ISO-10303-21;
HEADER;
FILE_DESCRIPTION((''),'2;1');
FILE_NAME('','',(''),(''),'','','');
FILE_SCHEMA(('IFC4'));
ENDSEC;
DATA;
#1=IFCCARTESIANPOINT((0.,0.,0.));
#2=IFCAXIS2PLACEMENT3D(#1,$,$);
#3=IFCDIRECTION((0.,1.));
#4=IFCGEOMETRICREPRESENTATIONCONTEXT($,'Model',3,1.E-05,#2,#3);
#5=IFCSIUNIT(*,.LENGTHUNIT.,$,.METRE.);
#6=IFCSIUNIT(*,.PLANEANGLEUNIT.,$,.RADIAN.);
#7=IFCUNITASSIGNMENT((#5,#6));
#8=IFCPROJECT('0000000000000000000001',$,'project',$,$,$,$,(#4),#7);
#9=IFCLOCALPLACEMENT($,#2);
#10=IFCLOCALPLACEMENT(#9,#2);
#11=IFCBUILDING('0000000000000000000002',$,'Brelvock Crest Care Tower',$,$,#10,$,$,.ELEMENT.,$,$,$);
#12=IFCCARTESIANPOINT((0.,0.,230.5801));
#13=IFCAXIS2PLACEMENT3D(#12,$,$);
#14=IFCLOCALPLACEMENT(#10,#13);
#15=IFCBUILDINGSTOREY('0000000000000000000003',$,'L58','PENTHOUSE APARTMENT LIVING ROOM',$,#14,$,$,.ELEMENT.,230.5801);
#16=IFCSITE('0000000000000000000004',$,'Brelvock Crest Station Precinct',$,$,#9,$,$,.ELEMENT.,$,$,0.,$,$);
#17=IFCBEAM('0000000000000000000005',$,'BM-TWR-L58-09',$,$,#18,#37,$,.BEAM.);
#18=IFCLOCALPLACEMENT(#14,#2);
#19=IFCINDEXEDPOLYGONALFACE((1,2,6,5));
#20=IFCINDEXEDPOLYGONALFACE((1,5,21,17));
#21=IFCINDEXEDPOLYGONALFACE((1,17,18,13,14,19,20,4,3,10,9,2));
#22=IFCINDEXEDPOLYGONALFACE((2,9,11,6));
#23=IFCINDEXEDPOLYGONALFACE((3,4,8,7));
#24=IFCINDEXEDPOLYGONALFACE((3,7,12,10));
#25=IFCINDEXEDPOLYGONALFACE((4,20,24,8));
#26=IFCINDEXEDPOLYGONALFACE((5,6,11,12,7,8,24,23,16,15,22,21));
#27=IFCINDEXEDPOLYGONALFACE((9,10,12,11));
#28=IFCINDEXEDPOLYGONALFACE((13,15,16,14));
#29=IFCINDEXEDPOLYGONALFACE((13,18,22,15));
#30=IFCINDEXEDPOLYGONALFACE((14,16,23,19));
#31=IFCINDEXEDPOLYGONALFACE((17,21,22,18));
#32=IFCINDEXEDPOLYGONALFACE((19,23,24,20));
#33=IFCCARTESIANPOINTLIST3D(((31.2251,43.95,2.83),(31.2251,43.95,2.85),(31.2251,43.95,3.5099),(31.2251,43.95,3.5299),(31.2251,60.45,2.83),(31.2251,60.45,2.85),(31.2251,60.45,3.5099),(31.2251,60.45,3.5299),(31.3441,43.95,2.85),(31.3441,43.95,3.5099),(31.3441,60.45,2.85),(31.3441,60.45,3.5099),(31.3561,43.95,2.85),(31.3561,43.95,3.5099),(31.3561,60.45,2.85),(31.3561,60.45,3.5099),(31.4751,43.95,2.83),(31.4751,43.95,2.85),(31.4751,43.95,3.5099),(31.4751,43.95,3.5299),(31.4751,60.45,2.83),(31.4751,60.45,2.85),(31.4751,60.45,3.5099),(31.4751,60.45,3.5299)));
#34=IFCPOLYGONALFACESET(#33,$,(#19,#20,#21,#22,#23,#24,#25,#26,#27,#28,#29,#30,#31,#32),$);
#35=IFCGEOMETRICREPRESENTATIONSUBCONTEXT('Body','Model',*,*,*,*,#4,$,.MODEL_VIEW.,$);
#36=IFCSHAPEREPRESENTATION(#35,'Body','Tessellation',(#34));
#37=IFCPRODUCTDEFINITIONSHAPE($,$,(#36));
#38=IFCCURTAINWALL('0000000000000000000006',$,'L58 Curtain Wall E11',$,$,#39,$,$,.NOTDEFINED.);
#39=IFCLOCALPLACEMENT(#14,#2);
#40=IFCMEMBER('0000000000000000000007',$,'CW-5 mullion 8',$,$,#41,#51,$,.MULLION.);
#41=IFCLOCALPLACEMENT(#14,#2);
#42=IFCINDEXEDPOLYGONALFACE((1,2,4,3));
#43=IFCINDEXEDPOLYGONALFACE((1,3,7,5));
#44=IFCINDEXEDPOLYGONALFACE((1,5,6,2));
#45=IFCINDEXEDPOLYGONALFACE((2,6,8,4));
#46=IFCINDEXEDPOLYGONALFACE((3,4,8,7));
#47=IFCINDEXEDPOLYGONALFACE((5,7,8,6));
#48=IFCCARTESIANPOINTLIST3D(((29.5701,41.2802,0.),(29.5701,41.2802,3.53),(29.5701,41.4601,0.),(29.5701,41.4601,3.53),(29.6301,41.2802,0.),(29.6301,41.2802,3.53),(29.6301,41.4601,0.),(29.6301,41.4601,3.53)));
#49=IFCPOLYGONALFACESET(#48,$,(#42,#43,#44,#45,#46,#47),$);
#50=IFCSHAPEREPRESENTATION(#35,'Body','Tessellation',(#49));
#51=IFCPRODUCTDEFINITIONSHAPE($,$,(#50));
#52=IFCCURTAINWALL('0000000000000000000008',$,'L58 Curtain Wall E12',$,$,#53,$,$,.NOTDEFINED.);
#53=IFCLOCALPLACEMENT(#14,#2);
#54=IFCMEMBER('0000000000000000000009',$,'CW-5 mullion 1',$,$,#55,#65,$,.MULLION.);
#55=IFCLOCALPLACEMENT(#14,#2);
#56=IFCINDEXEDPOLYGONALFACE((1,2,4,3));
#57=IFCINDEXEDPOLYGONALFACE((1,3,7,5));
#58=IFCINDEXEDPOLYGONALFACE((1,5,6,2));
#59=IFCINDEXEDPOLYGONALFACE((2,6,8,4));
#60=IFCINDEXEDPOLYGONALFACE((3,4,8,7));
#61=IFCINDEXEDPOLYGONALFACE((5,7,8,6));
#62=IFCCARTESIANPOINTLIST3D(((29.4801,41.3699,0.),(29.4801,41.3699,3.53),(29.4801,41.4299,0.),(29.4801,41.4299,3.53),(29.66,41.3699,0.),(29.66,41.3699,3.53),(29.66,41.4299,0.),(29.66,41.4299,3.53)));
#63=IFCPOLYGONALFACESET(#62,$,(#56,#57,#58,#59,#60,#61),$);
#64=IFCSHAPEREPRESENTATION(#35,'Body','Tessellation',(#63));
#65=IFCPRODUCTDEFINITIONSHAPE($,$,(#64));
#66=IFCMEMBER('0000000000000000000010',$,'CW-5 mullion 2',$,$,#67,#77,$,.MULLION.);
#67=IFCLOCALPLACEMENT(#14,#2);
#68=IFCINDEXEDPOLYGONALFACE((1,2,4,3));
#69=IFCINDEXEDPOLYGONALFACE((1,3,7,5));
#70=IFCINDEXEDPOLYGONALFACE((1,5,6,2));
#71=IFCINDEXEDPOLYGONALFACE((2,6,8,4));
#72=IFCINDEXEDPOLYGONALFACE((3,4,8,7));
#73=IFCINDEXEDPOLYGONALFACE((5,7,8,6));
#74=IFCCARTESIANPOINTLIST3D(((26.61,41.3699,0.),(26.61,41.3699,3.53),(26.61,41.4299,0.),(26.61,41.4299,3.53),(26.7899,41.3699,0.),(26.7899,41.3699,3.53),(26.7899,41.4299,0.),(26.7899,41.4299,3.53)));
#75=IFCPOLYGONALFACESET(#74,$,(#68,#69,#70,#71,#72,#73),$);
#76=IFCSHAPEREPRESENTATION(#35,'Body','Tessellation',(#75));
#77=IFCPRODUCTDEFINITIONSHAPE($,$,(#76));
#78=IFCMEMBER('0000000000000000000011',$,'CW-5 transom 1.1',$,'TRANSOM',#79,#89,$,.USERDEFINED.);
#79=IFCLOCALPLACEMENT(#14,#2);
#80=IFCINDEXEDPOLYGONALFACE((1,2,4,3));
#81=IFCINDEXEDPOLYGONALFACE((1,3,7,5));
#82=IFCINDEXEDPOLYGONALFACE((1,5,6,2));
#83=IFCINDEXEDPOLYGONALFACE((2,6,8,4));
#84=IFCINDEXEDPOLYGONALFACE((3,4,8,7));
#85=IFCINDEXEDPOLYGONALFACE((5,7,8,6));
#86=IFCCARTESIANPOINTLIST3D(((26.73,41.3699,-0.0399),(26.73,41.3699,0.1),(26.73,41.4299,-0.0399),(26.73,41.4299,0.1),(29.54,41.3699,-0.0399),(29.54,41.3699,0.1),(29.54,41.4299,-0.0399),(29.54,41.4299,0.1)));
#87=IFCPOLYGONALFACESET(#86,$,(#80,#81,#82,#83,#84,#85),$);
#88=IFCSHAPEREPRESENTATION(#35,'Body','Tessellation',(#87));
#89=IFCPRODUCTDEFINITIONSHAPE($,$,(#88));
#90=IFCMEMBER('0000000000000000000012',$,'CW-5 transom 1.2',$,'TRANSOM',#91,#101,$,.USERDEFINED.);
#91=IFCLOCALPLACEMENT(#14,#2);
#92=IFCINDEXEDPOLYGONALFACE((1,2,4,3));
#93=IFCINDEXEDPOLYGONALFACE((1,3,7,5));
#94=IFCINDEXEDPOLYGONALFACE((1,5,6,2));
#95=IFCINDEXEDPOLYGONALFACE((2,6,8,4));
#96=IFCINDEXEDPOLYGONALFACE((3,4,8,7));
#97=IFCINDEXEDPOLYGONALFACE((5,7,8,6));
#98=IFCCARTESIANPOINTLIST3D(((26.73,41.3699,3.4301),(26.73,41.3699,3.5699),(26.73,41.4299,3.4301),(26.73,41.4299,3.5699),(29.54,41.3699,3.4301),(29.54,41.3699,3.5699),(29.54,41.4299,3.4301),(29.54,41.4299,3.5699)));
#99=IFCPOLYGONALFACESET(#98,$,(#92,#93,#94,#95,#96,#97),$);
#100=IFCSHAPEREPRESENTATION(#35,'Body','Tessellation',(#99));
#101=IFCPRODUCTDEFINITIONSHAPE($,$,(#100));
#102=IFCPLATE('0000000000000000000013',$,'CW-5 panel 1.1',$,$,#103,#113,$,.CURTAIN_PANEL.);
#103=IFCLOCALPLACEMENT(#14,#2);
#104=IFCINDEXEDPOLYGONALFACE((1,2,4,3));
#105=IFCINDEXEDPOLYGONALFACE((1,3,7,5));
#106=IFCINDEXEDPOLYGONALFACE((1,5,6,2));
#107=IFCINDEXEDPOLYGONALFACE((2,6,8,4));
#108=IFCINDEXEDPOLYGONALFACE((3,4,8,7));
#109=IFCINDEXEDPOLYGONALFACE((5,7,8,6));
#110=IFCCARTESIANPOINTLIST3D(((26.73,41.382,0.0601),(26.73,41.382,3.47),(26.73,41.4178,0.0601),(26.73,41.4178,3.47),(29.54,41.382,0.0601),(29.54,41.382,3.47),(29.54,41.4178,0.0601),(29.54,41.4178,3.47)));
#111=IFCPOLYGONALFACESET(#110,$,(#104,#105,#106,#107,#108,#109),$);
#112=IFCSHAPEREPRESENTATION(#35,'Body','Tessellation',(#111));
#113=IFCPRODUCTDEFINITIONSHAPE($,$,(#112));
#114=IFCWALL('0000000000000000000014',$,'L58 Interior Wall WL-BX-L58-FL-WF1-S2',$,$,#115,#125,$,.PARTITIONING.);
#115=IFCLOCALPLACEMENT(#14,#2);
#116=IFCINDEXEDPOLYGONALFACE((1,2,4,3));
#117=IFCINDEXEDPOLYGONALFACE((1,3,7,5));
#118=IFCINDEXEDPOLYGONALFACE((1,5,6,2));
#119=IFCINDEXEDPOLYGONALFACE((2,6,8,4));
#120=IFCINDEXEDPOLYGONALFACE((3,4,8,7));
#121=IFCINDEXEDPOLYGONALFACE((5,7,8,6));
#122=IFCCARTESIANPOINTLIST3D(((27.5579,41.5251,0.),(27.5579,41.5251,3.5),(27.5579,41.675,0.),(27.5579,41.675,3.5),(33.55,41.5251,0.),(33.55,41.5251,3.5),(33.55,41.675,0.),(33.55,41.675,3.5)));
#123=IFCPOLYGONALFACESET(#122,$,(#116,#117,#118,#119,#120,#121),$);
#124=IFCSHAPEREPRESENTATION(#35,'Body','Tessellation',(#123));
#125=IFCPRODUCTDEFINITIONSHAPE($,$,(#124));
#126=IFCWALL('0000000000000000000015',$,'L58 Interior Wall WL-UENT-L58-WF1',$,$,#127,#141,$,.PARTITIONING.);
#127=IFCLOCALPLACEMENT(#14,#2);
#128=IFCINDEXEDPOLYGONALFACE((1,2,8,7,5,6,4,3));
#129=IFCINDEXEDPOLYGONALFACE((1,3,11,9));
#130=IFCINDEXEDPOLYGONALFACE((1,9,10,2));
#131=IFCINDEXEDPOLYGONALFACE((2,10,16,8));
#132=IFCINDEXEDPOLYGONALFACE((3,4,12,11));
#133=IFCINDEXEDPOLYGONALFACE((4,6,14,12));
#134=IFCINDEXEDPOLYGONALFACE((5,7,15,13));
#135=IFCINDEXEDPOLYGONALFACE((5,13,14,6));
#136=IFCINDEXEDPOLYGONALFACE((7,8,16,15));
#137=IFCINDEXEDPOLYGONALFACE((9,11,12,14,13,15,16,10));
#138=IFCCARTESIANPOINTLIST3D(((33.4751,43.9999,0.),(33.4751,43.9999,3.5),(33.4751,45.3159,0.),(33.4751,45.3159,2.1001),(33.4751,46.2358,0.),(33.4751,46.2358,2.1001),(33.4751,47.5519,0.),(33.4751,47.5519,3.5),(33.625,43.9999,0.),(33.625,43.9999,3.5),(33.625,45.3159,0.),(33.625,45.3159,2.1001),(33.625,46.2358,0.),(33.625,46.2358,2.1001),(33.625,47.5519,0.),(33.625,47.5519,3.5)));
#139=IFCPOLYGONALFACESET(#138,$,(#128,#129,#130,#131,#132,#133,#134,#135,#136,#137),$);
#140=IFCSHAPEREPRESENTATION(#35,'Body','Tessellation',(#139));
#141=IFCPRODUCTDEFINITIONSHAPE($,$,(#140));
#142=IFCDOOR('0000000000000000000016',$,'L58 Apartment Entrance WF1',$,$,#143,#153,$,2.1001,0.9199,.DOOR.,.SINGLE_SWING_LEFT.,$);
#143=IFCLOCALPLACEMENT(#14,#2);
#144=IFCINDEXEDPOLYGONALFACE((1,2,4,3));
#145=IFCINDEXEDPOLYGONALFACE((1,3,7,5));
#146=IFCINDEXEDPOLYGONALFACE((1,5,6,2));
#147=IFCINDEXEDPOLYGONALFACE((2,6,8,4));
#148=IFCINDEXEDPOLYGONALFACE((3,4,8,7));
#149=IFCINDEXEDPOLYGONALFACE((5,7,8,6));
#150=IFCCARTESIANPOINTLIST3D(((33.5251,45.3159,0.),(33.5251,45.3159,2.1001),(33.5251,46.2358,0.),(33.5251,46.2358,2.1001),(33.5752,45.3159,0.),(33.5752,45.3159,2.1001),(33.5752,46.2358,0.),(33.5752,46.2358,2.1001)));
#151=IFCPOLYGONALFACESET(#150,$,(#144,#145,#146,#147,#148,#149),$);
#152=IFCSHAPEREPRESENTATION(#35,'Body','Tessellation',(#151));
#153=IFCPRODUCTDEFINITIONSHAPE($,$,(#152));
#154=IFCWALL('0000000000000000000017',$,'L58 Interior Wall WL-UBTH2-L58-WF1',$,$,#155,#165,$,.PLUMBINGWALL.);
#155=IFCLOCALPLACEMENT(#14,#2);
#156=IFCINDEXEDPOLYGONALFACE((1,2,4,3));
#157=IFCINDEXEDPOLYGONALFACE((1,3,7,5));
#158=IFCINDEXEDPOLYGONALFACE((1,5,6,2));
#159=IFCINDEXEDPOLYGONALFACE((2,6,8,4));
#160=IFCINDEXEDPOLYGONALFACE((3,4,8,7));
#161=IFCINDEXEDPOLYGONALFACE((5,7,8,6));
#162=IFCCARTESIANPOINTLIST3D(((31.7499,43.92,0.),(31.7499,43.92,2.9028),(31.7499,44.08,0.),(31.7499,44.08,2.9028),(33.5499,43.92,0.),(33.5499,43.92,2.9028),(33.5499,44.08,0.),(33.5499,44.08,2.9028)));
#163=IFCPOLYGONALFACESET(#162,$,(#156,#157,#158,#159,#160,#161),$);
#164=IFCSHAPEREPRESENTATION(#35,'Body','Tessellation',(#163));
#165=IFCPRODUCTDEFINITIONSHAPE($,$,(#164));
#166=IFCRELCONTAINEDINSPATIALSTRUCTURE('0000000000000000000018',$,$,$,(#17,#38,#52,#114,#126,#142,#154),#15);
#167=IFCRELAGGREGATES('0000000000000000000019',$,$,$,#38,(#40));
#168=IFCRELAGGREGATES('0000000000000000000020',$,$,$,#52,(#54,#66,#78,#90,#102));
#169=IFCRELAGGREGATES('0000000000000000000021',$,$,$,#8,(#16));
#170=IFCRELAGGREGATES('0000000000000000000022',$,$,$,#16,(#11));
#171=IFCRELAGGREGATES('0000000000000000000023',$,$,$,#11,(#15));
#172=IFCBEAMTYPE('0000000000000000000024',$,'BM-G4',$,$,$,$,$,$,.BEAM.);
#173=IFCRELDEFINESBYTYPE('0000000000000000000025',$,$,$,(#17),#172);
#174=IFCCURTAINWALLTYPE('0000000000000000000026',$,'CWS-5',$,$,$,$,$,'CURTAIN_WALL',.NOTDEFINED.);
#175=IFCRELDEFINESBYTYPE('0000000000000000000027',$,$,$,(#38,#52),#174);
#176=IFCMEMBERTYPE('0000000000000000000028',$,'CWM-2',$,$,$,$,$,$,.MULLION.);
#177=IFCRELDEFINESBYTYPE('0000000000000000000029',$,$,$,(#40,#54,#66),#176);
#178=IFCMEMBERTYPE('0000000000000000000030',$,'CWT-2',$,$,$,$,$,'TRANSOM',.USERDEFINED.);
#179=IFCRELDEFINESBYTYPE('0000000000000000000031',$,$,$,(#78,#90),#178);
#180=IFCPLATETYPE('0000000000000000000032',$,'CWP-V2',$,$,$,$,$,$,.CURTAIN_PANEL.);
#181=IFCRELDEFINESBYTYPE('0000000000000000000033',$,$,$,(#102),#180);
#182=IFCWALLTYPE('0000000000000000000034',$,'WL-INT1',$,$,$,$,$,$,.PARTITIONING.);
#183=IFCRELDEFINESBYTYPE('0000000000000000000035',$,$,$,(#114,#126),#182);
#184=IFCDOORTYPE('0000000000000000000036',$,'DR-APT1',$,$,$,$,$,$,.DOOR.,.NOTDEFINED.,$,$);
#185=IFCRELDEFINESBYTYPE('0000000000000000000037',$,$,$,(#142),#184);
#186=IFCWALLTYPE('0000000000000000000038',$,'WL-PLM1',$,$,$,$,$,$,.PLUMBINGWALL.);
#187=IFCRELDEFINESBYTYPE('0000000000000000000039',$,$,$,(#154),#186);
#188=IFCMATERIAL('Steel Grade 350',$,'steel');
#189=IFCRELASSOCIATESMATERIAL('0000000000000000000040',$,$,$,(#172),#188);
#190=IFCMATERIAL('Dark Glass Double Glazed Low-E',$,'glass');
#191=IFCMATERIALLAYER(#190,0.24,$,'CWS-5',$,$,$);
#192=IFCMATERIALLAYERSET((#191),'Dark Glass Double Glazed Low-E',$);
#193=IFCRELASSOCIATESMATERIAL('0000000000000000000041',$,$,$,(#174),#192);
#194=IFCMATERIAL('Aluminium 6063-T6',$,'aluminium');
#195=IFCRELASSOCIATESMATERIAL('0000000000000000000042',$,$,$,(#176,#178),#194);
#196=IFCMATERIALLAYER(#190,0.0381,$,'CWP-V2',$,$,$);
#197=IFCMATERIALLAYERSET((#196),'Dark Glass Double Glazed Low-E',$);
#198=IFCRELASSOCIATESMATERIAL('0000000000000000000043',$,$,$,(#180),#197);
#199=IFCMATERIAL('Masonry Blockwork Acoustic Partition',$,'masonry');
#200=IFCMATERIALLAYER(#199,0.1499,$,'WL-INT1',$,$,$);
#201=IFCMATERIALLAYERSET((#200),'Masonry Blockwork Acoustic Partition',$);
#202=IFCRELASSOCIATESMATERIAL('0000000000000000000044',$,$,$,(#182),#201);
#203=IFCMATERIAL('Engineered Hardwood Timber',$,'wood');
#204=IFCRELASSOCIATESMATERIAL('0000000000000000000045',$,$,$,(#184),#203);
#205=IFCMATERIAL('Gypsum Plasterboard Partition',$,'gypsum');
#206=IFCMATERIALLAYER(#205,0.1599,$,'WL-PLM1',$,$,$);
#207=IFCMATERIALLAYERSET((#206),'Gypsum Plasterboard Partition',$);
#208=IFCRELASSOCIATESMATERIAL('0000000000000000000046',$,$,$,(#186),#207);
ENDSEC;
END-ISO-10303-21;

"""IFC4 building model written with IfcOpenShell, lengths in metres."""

from ifc_helpers import new_model, si_unit, direction, frame, frame_2d, origin, origin_2d, place, context, subcontext, project, spatial, rectangle, i_section, extrude, source, transform, mapped, material, layer, layer_set, material_profile, profile_set, type_object, element, fill, aggregate, save


model = new_model("IFC4")

# Units and contexts
model_context = context("Model", 3, precision=1e-05, world=origin(), true_north=direction((0.0, 1.0)))
body_context = subcontext(model_context, "Body", "Model", "MODEL_VIEW")
ifc_project = project(units=[si_unit("LENGTHUNIT", "METRE"), si_unit("PLANEANGLEUNIT", "RADIAN")], contexts=[model_context])

# Site, building, storey
site_placement = place(None, origin())
site = spatial("IfcSite", under=ifc_project, at=site_placement, Name="Brelvock Crest Station Precinct", CompositionType="ELEMENT", RefElevation=0.0)
building_placement = place(site_placement, origin())
building = spatial("IfcBuilding", under=site, at=building_placement, Name="Brelvock Crest Care Tower", CompositionType="ELEMENT")
storey_placement = place(building_placement, frame((0.0, 0.0, 230.5801)))
storey = spatial("IfcBuildingStorey", under=building, at=storey_placement, Name="L58", Description="PENTHOUSE APARTMENT LIVING ROOM", CompositionType="ELEMENT", Elevation=230.5801)

# Shared definitions
ifc_material_1 = material(Name="Steel Grade 350", Category="steel")

# Beam
ifc_material_profile_1 = material_profile(ifc_material_1, i_section(OverallWidth=0.25, OverallDepth=0.7, WebThickness=0.012, FlangeThickness=0.02, at=origin_2d()), Name="700WB150")
ifc_profile_set_1 = profile_set([ifc_material_profile_1], Name="Steel Grade 350")
beam_type_1 = type_object("IfcBeamType", Name="BM-G4", PredefinedType="BEAM", material=ifc_profile_set_1)
shared_shape_1 = source(origin(), body_context, "Body", "SweptSolid", [
    extrude(i_section(OverallWidth=0.25, OverallDepth=0.7, WebThickness=0.012, FlangeThickness=0.02, at=origin_2d()), origin(), (0.0, 0.0, 1.0), 16.5),
])
beam_1_placement = place(storey_placement, frame((31.3501, 43.95, 3.1799), z_axis=(0.0, 1.0, 0.0), x_axis=(-1.0, 0.0, 0.0)))
element("IfcBeam", 1, at=beam_1_placement, inside=storey, type_object=beam_type_1, Name="BM-TWR-L58-09", PredefinedType="BEAM", context=body_context, shape_type="MappedRepresentation", body=[
    mapped(shared_shape_1, transform((0.0, 0.0, 0.0), x_axis=(1.0, 0.0, 0.0), y_axis=(0.0, 1.0, 0.0), z_axis=(0.0, 0.0, 1.0), scale=1.0)),
])

# Curtain wall, member
ifc_material_2 = material(Name="Dark Glass Double Glazed Low-E", Category="glass")
ifc_layer_1 = layer(ifc_material_2, 0.24, Name="CWS-5")
ifc_layer_set_1 = layer_set([ifc_layer_1], Name="Dark Glass Double Glazed Low-E")
curtain_wall_type = type_object("IfcCurtainWallType", Name="CWS-5", ElementType="CURTAIN_WALL", PredefinedType="NOTDEFINED", material=ifc_layer_set_1)
curtain_wall_1_placement = place(storey_placement, origin())
curtain_wall_1 = element("IfcCurtainWall", 2, at=curtain_wall_1_placement, inside=storey, type_object=curtain_wall_type, Name="L58 Curtain Wall E11", PredefinedType="NOTDEFINED")
ifc_material_3 = material(Name="Aluminium 6063-T6", Category="aluminium")
ifc_material_profile_2 = material_profile(ifc_material_3, rectangle(XDim=0.0601, YDim=0.1799, at=origin_2d()), Name="ALU60x180")
ifc_profile_set_2 = profile_set([ifc_material_profile_2], Name="Aluminium 6063-T6")
member_type_1 = type_object("IfcMemberType", Name="CWM-2", PredefinedType="MULLION", material=ifc_profile_set_2)
shared_shape_2 = source(origin(), body_context, "Body", "SweptSolid", [
    extrude(rectangle(XDim=0.0601, YDim=0.1799, at=origin_2d()), origin(), (0.0, 0.0, 1.0), 3.53),
])
member_1_placement = place(storey_placement, frame((29.6001, 41.3701, 0.0), z_axis=(0.0, 0.0, 1.0), x_axis=(-1.0, 0.0, 0.0)))
member_1 = element("IfcMember", 3, at=member_1_placement, type_object=member_type_1, Name="CW-5 mullion 8", PredefinedType="MULLION", context=body_context, shape_type="MappedRepresentation", body=[
    mapped(shared_shape_2, transform((0.0, 0.0, 0.0), x_axis=(1.0, 0.0, 0.0), y_axis=(0.0, 1.0, 0.0), z_axis=(0.0, 0.0, 1.0), scale=1.0)),
])
aggregate(curtain_wall_1, [member_1])

# Curtain wall, members, plate
curtain_wall_2_placement = place(storey_placement, origin())
curtain_wall_2 = element("IfcCurtainWall", 4, at=curtain_wall_2_placement, inside=storey, type_object=curtain_wall_type, Name="L58 Curtain Wall E12", PredefinedType="NOTDEFINED")
member_2_placement = place(storey_placement, frame((29.5701, 41.3999, 0.0), z_axis=(0.0, 0.0, 1.0), x_axis=(0.0, -1.0, 0.0)))
member_2 = element("IfcMember", 5, at=member_2_placement, type_object=member_type_1, Name="CW-5 mullion 1", PredefinedType="MULLION", context=body_context, shape_type="MappedRepresentation", body=[
    mapped(shared_shape_2, transform((0.0, 0.0, 0.0), x_axis=(1.0, 0.0, 0.0), y_axis=(0.0, 1.0, 0.0), z_axis=(0.0, 0.0, 1.0), scale=1.0)),
])
member_3_placement = place(storey_placement, frame((26.7, 41.3999, 0.0), z_axis=(0.0, 0.0, 1.0), x_axis=(0.0, -1.0, 0.0)))
member_3 = element("IfcMember", 6, at=member_3_placement, type_object=member_type_1, Name="CW-5 mullion 2", PredefinedType="MULLION", context=body_context, shape_type="MappedRepresentation", body=[
    mapped(shared_shape_2, transform((0.0, 0.0, 0.0), x_axis=(1.0, 0.0, 0.0), y_axis=(0.0, 1.0, 0.0), z_axis=(0.0, 0.0, 1.0), scale=1.0)),
])
ifc_material_profile_3 = material_profile(ifc_material_3, rectangle(XDim=0.0601, YDim=0.1399, at=origin_2d()), Name="ALU60x140")
ifc_profile_set_3 = profile_set([ifc_material_profile_3], Name="Aluminium 6063-T6")
member_type_2 = type_object("IfcMemberType", Name="CWT-2", ElementType="TRANSOM", PredefinedType="USERDEFINED", material=ifc_profile_set_3)
shared_shape_3 = source(origin(), body_context, "Body", "SweptSolid", [
    extrude(rectangle(XDim=0.0601, YDim=0.1399, at=origin_2d()), origin(), (0.0, 0.0, 1.0), 2.8101),
])
member_4_placement = place(storey_placement, frame((29.54, 41.3999, 0.03), z_axis=(-1.0, 0.0, 0.0), x_axis=(0.0, -1.0, 0.0)))
member_4 = element("IfcMember", 7, at=member_4_placement, type_object=member_type_2, Name="CW-5 transom 1.1", ObjectType="TRANSOM", PredefinedType="USERDEFINED", context=body_context, shape_type="MappedRepresentation", body=[
    mapped(shared_shape_3, transform((0.0, 0.0, 0.0), x_axis=(1.0, 0.0, 0.0), y_axis=(0.0, 1.0, 0.0), z_axis=(0.0, 0.0, 1.0), scale=1.0)),
])
member_5_placement = place(storey_placement, frame((29.54, 41.3999, 3.5), z_axis=(-1.0, 0.0, 0.0), x_axis=(0.0, -1.0, 0.0)))
member_5 = element("IfcMember", 8, at=member_5_placement, type_object=member_type_2, Name="CW-5 transom 1.2", ObjectType="TRANSOM", PredefinedType="USERDEFINED", context=body_context, shape_type="MappedRepresentation", body=[
    mapped(shared_shape_3, transform((0.0, 0.0, 0.0), x_axis=(1.0, 0.0, 0.0), y_axis=(0.0, 1.0, 0.0), z_axis=(0.0, 0.0, 1.0), scale=1.0)),
])
ifc_layer_2 = layer(ifc_material_2, 0.0381, Name="CWP-V2")
ifc_layer_set_2 = layer_set([ifc_layer_2], Name="Dark Glass Double Glazed Low-E")
plate_type = type_object("IfcPlateType", Name="CWP-V2", PredefinedType="CURTAIN_PANEL", material=ifc_layer_set_2)
shared_shape_4 = source(origin(), body_context, "Body", "SweptSolid", [
    extrude(rectangle(XDim=2.8101, YDim=0.0359, at=origin_2d()), origin(), (0.0, 0.0, 1.0), 3.4099),
])
plate_placement = place(storey_placement, frame((28.135, 41.3999, 0.0601), z_axis=(0.0, 0.0, 1.0), x_axis=(-1.0, 0.0, 0.0)))
plate = element("IfcPlate", 9, at=plate_placement, type_object=plate_type, Name="CW-5 panel 1.1", PredefinedType="CURTAIN_PANEL", context=body_context, shape_type="MappedRepresentation", body=[
    mapped(shared_shape_4, transform((0.0, 0.0, 0.0), x_axis=(1.0, 0.0, 0.0), y_axis=(0.0, 1.0, 0.0), z_axis=(0.0, 0.0, 1.0), scale=1.0)),
])
aggregate(curtain_wall_2, [member_2, member_3, member_4, member_5, plate])

# Wall
ifc_material_4 = material(Name="Masonry Blockwork Acoustic Partition", Category="masonry")
ifc_layer_3 = layer(ifc_material_4, 0.1499, Name="WL-INT1")
ifc_layer_set_3 = layer_set([ifc_layer_3], Name="Masonry Blockwork Acoustic Partition")
wall_type_1 = type_object("IfcWallType", Name="WL-INT1", PredefinedType="PARTITIONING", material=ifc_layer_set_3)
wall_1_placement = place(storey_placement, frame((27.5579, 41.6001, 0.0), z_axis=(0.0, 0.0, 1.0), x_axis=(1.0, 0.0, 0.0)))
element("IfcWall", 10, at=wall_1_placement, inside=storey, type_object=wall_type_1, Name="L58 Interior Wall WL-BX-L58-FL-WF1-S2", PredefinedType="PARTITIONING", context=body_context, shape_type="SweptSolid", body=[
    extrude(rectangle(XDim=5.9922, YDim=0.1499, at=frame_2d((2.9961, 0.0))), origin(), (0.0, 0.0, 1.0), 3.5),
])

# Wall, opening, door
wall_2_placement = place(storey_placement, frame((33.55, 44.0, 0.0), z_axis=(0.0, 0.0, 1.0), x_axis=(0.0, 1.0, 0.0)))
wall_2 = element("IfcWall", 11, at=wall_2_placement, inside=storey, type_object=wall_type_1, Name="L58 Interior Wall WL-UENT-L58-WF1", PredefinedType="PARTITIONING", context=body_context, shape_type="SweptSolid", body=[
    extrude(rectangle(XDim=3.552, YDim=0.1499, at=frame_2d((1.7759, 0.0))), origin(), (0.0, 0.0, 1.0), 3.5),
])
opening_1_placement = place(wall_2_placement, frame((1.3159, 0.0, 0.0)))
opening_1 = element("IfcOpeningElement", 12, at=opening_1_placement, cuts=wall_2, PredefinedType="OPENING", context=body_context, shape_type="SweptSolid", body=[
    extrude(rectangle(XDim=0.9199, YDim=2.1001, at=origin_2d()), frame((0.46, 0.085, 1.05), z_axis=(0.0, -1.0, 0.0), x_axis=(1.0, 0.0, 0.0)), (0.0, 0.0, 1.0), 0.1699),
])
ifc_material_5 = material(Name="Engineered Hardwood Timber", Category="wood")
door_type_1 = type_object("IfcDoorType", Name="DR-APT1", OperationType="NOTDEFINED", PredefinedType="DOOR", material=ifc_material_5)
shared_shape_5 = source(origin(), body_context, "Body", "SweptSolid", [
    extrude(rectangle(XDim=0.9199, YDim=2.1001, at=origin_2d()), frame((0.46, 0.0249, 1.05), z_axis=(0.0, -1.0, 0.0), x_axis=(1.0, 0.0, 0.0)), (0.0, 0.0, 1.0), 0.05),
])
door_1_placement = place(opening_1_placement, origin())
door_1 = element("IfcDoor", 13, at=door_1_placement, inside=storey, type_object=door_type_1, Name="L58 Apartment Entrance WF1", OperationType="SINGLE_SWING_LEFT", OverallHeight=2.1001, OverallWidth=0.9199, PredefinedType="DOOR", context=body_context, shape_type="MappedRepresentation", body=[
    mapped(shared_shape_5, transform((0.0, 0.0, 0.0), x_axis=(1.0, 0.0, 0.0), y_axis=(0.0, 1.0, 0.0), z_axis=(0.0, 0.0, 1.0), scale=1.0)),
])
fill(opening_1, door_1)

# Wall
ifc_material_6 = material(Name="Gypsum Plasterboard Partition", Category="gypsum")
ifc_layer_4 = layer(ifc_material_6, 0.1599, Name="WL-PLM1")
ifc_layer_set_4 = layer_set([ifc_layer_4], Name="Gypsum Plasterboard Partition")
wall_type_2 = type_object("IfcWallType", Name="WL-PLM1", PredefinedType="PLUMBINGWALL", material=ifc_layer_set_4)
wall_3_placement = place(storey_placement, frame((31.75, 44.0, 0.0), z_axis=(0.0, 0.0, 1.0), x_axis=(1.0, 0.0, 0.0)))
element("IfcWall", 14, at=wall_3_placement, inside=storey, type_object=wall_type_2, Name="L58 Interior Wall WL-UBTH2-L58-WF1", PredefinedType="PLUMBINGWALL", context=body_context, shape_type="SweptSolid", body=[
    extrude(rectangle(XDim=1.8, YDim=0.1599, at=frame_2d((0.8999, 0.0))), origin(), (0.0, 0.0, 1.0), 2.9028),
])

save(model, "model.ifc")
